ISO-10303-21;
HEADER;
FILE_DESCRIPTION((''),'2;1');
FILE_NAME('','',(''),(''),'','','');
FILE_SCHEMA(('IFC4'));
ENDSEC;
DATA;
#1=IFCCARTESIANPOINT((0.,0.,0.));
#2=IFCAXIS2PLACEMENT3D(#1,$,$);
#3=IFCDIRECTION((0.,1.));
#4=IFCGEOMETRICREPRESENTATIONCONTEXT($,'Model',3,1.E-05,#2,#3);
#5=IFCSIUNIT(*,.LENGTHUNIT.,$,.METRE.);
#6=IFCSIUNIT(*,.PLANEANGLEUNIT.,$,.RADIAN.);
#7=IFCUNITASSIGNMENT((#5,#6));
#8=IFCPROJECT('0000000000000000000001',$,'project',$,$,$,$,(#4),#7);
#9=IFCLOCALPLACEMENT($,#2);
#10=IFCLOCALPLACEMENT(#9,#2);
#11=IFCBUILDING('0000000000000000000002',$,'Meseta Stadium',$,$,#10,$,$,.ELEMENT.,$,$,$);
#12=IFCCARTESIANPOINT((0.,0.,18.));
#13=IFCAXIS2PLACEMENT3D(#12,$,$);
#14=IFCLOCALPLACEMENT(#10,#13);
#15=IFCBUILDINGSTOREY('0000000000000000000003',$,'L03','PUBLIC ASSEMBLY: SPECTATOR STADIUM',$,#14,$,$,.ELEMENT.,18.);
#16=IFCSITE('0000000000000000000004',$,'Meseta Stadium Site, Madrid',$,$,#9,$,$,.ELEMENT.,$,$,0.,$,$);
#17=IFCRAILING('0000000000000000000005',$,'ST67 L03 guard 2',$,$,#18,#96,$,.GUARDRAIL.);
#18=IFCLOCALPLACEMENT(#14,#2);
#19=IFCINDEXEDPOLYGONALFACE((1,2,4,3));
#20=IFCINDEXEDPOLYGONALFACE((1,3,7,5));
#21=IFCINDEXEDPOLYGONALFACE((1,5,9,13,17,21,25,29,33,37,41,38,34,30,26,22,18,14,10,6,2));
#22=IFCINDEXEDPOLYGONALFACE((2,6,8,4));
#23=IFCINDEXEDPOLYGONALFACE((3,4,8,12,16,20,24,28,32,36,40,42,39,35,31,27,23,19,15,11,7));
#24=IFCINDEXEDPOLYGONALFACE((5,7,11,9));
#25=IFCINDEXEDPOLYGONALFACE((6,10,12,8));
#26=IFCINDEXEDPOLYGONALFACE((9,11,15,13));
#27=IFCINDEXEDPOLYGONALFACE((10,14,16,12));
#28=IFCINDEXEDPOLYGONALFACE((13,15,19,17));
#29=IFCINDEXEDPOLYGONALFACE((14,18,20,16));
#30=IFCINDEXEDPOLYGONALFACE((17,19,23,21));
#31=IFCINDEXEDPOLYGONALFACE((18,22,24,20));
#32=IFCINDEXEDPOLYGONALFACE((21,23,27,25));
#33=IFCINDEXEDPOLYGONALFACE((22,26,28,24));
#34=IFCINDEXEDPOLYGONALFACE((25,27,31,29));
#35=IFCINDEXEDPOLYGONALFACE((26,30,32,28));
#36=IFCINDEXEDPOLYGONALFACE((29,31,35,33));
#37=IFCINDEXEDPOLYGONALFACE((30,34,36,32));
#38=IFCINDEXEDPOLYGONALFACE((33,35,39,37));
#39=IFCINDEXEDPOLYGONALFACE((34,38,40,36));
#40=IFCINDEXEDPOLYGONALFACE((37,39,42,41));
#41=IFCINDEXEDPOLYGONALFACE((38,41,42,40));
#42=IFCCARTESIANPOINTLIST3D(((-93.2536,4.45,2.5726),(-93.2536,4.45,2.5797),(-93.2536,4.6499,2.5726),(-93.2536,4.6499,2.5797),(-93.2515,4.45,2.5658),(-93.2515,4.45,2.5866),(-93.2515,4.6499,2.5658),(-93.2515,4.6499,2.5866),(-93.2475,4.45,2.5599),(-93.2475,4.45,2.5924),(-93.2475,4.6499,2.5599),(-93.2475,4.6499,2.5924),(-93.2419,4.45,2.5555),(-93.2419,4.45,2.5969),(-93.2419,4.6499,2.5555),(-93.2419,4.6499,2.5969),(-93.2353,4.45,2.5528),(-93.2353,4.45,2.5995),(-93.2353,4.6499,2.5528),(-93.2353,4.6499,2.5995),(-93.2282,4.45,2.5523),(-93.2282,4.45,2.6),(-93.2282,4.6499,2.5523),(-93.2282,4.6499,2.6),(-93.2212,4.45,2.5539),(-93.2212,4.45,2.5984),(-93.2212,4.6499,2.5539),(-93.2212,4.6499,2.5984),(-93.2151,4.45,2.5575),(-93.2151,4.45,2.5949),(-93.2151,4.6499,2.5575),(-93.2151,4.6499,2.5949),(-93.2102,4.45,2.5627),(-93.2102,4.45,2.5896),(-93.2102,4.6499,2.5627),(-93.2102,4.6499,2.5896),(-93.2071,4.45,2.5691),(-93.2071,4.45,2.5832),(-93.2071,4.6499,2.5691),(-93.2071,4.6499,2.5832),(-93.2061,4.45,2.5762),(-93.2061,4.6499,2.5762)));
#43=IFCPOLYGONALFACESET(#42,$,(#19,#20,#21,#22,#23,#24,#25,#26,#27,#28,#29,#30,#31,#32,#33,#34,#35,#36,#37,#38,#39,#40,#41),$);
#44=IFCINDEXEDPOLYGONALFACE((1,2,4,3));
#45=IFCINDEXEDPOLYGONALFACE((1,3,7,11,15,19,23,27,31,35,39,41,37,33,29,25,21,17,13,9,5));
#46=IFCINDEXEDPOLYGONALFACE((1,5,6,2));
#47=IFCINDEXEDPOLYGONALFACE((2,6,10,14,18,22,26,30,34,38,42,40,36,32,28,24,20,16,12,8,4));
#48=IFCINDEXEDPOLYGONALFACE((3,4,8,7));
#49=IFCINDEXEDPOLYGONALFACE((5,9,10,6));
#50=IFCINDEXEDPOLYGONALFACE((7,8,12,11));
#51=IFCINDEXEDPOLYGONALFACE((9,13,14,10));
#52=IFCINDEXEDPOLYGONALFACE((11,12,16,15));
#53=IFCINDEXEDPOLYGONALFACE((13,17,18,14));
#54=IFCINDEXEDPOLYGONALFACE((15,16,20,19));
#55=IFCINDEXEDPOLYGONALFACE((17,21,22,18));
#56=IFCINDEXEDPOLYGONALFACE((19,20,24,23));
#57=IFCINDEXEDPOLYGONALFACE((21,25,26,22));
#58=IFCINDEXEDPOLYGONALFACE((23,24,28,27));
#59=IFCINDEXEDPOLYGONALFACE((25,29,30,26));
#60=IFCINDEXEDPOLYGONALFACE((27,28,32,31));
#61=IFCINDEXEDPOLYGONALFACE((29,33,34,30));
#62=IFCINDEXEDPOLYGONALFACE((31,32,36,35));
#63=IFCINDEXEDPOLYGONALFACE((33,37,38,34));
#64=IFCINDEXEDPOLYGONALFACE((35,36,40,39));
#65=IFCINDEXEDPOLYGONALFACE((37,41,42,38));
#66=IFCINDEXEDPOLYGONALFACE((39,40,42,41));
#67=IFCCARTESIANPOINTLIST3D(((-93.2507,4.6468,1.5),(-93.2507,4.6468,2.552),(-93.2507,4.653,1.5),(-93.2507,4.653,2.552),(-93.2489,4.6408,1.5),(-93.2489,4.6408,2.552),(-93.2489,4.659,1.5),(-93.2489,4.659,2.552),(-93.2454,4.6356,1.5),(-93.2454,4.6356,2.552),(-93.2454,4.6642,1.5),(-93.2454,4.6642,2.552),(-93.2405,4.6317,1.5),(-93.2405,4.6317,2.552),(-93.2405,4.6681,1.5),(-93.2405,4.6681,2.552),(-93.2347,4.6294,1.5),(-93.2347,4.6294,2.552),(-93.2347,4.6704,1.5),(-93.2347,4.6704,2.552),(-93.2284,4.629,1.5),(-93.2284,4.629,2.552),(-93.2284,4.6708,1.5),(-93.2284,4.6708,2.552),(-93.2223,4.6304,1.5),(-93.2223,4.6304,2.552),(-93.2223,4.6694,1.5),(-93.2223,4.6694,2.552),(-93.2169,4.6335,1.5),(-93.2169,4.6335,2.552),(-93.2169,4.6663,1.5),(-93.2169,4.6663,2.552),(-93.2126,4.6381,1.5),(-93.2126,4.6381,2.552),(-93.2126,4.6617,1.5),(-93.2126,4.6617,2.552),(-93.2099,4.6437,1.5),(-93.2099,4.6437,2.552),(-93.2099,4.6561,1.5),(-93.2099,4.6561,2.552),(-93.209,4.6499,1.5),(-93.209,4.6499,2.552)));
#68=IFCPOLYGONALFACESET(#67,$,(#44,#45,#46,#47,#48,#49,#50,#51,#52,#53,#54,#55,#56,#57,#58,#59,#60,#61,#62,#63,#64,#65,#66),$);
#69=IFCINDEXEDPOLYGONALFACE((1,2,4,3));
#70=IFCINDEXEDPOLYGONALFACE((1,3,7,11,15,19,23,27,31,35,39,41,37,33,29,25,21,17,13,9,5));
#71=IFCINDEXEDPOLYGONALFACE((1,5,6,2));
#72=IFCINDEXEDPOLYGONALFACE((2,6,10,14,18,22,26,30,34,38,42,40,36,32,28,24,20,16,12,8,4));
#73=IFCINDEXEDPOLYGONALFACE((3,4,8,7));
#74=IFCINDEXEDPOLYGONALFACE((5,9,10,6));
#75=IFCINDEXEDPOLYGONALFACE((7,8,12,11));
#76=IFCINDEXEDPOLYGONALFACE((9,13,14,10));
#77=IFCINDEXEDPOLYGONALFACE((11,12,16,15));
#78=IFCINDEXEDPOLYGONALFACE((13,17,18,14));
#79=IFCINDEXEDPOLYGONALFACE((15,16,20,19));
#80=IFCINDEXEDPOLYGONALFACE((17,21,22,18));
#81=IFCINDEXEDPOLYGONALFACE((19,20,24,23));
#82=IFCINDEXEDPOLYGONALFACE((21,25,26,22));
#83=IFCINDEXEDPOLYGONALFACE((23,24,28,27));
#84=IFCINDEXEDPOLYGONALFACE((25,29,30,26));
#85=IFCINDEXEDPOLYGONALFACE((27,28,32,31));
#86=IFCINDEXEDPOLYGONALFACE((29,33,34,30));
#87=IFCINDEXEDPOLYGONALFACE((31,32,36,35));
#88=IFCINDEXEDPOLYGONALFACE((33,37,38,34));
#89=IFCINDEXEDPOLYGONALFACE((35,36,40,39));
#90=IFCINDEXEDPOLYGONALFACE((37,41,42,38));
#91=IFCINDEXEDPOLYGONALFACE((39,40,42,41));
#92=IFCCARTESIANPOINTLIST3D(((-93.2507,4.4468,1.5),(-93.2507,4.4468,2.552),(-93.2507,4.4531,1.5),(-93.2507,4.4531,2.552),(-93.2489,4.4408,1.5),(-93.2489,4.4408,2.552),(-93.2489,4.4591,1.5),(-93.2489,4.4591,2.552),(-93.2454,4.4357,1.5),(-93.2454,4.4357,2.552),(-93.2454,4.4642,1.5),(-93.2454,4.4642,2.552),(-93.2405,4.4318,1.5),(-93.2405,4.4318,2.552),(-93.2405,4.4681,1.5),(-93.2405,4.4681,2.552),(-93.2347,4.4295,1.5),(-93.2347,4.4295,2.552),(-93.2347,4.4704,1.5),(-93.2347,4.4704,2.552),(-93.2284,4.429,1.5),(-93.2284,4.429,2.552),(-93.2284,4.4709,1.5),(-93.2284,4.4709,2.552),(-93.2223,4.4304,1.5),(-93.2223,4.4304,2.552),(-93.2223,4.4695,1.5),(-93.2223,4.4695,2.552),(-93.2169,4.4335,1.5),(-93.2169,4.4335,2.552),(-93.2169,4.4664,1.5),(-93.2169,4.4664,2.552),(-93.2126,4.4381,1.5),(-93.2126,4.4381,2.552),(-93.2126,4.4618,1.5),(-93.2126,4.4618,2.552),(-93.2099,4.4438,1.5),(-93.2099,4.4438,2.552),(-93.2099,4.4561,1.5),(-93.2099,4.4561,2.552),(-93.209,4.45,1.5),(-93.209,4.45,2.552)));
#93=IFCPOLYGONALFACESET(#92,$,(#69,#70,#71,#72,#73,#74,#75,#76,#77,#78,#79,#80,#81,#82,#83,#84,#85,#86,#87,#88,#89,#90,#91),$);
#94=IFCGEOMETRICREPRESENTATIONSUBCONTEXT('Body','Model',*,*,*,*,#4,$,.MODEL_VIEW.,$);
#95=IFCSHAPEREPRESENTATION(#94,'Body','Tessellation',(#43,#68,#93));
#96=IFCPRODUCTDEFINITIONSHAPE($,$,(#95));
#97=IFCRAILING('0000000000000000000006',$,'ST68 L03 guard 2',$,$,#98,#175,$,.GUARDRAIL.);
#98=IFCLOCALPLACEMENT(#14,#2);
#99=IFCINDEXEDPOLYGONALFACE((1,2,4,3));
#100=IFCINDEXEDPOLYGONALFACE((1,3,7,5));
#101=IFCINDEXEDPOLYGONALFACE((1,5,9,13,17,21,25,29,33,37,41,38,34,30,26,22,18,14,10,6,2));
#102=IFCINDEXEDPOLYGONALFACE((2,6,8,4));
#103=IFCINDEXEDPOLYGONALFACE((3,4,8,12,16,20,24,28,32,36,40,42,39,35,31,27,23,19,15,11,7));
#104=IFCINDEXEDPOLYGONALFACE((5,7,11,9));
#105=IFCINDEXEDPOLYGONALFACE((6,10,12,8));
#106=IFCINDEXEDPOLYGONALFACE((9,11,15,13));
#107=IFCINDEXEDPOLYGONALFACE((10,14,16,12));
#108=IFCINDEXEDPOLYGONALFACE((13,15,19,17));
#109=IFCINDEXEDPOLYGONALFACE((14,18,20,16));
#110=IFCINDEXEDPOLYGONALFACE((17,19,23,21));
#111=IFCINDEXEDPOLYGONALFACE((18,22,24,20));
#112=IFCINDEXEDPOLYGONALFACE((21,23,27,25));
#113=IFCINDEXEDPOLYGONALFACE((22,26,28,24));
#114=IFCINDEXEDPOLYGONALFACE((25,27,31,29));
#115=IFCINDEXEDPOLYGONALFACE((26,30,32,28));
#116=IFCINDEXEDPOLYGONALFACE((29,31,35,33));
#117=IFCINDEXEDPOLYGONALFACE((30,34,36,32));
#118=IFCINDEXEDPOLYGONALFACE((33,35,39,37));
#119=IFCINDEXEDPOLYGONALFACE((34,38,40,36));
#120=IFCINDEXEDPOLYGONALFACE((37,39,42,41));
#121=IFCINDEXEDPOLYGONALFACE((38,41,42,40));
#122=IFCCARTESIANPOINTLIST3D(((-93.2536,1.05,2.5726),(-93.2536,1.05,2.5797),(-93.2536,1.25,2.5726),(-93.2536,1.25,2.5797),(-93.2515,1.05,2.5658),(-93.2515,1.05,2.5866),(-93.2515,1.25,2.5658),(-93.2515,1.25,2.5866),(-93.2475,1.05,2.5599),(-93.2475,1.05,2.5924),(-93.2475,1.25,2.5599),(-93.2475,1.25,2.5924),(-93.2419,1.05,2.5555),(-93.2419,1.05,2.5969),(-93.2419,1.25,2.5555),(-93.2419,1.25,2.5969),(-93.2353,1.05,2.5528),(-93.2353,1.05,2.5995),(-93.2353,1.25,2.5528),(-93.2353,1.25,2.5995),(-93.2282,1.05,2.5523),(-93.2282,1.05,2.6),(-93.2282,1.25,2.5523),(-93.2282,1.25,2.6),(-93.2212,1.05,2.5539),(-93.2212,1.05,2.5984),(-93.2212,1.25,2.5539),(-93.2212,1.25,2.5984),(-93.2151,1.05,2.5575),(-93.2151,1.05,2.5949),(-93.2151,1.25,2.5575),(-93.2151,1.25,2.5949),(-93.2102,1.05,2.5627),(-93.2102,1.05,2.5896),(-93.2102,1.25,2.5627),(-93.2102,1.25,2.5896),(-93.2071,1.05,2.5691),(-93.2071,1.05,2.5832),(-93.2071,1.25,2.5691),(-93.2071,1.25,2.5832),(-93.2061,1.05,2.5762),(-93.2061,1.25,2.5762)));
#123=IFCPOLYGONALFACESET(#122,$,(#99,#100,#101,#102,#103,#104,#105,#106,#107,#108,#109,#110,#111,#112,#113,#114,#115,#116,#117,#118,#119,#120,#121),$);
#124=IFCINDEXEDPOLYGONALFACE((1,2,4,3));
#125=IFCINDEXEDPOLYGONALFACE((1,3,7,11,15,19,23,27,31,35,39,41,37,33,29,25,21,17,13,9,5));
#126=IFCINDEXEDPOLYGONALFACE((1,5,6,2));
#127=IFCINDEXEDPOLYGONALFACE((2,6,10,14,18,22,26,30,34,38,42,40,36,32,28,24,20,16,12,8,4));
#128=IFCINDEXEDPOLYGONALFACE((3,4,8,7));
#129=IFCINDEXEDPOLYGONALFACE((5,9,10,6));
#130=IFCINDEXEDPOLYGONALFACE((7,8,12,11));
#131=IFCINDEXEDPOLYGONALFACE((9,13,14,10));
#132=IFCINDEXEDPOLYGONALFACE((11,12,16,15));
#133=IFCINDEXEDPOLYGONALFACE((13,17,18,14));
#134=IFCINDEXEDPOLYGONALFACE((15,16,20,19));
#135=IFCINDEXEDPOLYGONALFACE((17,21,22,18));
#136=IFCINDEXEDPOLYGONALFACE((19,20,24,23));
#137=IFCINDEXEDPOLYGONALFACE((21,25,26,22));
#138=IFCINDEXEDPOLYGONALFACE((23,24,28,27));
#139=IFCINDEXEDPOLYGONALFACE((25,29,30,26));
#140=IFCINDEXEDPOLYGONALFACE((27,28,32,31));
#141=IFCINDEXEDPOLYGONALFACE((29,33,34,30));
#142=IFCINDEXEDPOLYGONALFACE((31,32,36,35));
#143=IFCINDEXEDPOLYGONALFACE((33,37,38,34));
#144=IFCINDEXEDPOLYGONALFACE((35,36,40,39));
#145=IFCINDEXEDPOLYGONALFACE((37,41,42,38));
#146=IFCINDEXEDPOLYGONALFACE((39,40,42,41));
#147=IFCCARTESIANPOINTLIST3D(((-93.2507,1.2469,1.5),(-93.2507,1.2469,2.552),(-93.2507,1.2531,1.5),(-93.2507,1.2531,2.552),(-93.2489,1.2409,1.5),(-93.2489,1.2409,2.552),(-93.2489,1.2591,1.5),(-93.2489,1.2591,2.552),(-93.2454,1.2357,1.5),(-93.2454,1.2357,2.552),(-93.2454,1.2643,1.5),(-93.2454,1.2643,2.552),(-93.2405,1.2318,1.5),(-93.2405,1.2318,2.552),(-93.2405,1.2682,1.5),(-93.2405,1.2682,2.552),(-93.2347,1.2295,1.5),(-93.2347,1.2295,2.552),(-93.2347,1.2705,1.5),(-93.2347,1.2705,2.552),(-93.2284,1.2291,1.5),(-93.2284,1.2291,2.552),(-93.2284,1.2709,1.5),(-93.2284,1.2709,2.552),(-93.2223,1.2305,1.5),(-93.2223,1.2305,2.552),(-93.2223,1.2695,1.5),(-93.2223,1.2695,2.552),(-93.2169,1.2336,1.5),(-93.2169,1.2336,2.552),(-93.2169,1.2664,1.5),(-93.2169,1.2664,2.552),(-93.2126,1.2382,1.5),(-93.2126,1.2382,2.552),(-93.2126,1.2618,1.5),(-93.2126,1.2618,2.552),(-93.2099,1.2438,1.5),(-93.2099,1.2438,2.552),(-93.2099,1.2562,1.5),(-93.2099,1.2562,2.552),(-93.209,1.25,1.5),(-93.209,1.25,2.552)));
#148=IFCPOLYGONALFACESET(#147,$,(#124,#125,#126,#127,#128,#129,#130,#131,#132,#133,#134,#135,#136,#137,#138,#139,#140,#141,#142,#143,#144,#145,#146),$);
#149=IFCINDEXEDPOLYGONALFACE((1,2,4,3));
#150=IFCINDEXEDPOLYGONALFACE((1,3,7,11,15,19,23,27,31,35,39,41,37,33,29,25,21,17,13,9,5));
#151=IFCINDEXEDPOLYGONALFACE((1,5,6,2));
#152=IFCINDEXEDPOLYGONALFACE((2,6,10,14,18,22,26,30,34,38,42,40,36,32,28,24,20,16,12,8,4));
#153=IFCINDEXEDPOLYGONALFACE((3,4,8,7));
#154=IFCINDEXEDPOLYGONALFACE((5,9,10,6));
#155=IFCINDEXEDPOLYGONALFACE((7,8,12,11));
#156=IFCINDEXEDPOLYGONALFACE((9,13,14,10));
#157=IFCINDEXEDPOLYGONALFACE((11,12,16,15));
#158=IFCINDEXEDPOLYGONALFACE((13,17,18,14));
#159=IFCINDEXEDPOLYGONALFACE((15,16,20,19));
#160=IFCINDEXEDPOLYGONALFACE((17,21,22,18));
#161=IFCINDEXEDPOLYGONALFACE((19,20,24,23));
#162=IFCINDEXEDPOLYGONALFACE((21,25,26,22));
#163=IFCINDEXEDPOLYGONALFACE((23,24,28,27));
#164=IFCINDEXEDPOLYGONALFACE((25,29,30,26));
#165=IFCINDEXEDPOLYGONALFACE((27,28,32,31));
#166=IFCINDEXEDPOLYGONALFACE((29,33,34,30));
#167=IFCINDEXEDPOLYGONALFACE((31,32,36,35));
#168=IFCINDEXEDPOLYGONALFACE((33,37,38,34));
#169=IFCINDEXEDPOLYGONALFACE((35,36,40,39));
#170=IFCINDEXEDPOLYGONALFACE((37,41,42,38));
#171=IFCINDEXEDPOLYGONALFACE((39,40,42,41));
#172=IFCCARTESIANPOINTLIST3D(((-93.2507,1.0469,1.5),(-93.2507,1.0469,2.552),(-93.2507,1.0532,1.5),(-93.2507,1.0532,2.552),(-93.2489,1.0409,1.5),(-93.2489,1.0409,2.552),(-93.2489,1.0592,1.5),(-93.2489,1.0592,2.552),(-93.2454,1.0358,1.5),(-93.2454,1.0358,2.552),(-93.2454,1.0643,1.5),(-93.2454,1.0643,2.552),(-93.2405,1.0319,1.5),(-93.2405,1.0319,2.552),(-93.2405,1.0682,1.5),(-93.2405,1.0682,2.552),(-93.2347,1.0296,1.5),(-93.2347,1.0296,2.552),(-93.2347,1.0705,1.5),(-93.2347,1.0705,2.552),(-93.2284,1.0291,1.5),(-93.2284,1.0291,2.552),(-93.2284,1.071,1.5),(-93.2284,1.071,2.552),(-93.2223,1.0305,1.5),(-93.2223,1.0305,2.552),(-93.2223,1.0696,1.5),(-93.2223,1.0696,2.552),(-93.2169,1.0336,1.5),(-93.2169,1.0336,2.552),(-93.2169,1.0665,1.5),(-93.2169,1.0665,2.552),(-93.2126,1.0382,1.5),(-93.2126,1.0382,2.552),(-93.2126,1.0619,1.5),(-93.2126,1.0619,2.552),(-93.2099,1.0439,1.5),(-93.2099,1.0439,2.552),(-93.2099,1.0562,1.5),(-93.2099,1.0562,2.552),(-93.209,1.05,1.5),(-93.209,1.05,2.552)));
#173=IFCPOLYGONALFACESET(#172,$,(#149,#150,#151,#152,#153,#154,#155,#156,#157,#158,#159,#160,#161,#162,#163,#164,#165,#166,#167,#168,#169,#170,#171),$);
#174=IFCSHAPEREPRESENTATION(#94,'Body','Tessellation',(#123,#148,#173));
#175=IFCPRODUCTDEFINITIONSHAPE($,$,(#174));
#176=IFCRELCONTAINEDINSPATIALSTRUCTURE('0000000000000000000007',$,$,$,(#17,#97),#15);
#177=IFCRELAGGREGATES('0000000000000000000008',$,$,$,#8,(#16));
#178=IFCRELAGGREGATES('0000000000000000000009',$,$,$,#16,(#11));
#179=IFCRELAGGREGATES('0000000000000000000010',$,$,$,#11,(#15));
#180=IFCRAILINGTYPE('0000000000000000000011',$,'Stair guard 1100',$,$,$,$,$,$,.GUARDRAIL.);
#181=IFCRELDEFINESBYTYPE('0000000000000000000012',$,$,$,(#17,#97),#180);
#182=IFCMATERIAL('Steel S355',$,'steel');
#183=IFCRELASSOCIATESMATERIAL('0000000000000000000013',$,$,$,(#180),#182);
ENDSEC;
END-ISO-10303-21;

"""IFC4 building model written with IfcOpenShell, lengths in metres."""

from ifc_helpers import new_model, si_unit, direction, frame, origin, origin_2d, place, context, subcontext, project, spatial, circle, extrude, material, type_object, element, save


model = new_model("IFC4")

# Units and contexts
model_context = context("Model", 3, precision=1e-05, world=origin(), true_north=direction((0.0, 1.0)))
body_context = subcontext(model_context, "Body", "Model", "MODEL_VIEW")
ifc_project = project(units=[si_unit("LENGTHUNIT", "METRE"), si_unit("PLANEANGLEUNIT", "RADIAN")], contexts=[model_context])

# Site, building, storey
site_placement = place(None, origin())
site = spatial("IfcSite", under=ifc_project, at=site_placement, Name="Meseta Stadium Site, Madrid", CompositionType="ELEMENT", RefElevation=0.0)
building_placement = place(site_placement, origin())
building = spatial("IfcBuilding", under=site, at=building_placement, Name="Meseta Stadium", CompositionType="ELEMENT")
storey_placement = place(building_placement, frame((0.0, 0.0, 18.0)))
storey = spatial("IfcBuildingStorey", under=building, at=storey_placement, Name="L03", Description="PUBLIC ASSEMBLY: SPECTATOR STADIUM", CompositionType="ELEMENT", Elevation=18.0)

# Railings
ifc_material_1 = material(Name="Steel S355", Category="steel")
railing_type = type_object("IfcRailingType", Name="Stair guard 1100", PredefinedType="GUARDRAIL", material=ifc_material_1)
for number, where, name in (
    (1, (-93.23, 4.6499, 1.5), "ST67 L03 guard 2"),
    (2, (-93.23, 1.25, 1.5), "ST68 L03 guard 2"),
):
    element("IfcRailing", number, at=place(storey_placement, frame(where)), inside=storey, type_object=railing_type, Name=name, PredefinedType="GUARDRAIL", context=body_context, shape_type="SweptSolid", body=[
        extrude(circle(Radius=0.0239, at=origin_2d()), frame((0.0, 0.0, 1.0762), z_axis=(0.0, -1.0, 0.0), x_axis=(1.0, 0.0, 0.0)), (0.0, 0.0, 1.0), 0.2),
        extrude(circle(Radius=0.021, at=origin_2d()), origin(), (0.0, 0.0, 1.0), 1.052),
        extrude(circle(Radius=0.021, at=origin_2d()), frame((0.0, -0.2, 0.0)), (0.0, 0.0, 1.0), 1.052),
    ])

save(model, "model.ifc")
